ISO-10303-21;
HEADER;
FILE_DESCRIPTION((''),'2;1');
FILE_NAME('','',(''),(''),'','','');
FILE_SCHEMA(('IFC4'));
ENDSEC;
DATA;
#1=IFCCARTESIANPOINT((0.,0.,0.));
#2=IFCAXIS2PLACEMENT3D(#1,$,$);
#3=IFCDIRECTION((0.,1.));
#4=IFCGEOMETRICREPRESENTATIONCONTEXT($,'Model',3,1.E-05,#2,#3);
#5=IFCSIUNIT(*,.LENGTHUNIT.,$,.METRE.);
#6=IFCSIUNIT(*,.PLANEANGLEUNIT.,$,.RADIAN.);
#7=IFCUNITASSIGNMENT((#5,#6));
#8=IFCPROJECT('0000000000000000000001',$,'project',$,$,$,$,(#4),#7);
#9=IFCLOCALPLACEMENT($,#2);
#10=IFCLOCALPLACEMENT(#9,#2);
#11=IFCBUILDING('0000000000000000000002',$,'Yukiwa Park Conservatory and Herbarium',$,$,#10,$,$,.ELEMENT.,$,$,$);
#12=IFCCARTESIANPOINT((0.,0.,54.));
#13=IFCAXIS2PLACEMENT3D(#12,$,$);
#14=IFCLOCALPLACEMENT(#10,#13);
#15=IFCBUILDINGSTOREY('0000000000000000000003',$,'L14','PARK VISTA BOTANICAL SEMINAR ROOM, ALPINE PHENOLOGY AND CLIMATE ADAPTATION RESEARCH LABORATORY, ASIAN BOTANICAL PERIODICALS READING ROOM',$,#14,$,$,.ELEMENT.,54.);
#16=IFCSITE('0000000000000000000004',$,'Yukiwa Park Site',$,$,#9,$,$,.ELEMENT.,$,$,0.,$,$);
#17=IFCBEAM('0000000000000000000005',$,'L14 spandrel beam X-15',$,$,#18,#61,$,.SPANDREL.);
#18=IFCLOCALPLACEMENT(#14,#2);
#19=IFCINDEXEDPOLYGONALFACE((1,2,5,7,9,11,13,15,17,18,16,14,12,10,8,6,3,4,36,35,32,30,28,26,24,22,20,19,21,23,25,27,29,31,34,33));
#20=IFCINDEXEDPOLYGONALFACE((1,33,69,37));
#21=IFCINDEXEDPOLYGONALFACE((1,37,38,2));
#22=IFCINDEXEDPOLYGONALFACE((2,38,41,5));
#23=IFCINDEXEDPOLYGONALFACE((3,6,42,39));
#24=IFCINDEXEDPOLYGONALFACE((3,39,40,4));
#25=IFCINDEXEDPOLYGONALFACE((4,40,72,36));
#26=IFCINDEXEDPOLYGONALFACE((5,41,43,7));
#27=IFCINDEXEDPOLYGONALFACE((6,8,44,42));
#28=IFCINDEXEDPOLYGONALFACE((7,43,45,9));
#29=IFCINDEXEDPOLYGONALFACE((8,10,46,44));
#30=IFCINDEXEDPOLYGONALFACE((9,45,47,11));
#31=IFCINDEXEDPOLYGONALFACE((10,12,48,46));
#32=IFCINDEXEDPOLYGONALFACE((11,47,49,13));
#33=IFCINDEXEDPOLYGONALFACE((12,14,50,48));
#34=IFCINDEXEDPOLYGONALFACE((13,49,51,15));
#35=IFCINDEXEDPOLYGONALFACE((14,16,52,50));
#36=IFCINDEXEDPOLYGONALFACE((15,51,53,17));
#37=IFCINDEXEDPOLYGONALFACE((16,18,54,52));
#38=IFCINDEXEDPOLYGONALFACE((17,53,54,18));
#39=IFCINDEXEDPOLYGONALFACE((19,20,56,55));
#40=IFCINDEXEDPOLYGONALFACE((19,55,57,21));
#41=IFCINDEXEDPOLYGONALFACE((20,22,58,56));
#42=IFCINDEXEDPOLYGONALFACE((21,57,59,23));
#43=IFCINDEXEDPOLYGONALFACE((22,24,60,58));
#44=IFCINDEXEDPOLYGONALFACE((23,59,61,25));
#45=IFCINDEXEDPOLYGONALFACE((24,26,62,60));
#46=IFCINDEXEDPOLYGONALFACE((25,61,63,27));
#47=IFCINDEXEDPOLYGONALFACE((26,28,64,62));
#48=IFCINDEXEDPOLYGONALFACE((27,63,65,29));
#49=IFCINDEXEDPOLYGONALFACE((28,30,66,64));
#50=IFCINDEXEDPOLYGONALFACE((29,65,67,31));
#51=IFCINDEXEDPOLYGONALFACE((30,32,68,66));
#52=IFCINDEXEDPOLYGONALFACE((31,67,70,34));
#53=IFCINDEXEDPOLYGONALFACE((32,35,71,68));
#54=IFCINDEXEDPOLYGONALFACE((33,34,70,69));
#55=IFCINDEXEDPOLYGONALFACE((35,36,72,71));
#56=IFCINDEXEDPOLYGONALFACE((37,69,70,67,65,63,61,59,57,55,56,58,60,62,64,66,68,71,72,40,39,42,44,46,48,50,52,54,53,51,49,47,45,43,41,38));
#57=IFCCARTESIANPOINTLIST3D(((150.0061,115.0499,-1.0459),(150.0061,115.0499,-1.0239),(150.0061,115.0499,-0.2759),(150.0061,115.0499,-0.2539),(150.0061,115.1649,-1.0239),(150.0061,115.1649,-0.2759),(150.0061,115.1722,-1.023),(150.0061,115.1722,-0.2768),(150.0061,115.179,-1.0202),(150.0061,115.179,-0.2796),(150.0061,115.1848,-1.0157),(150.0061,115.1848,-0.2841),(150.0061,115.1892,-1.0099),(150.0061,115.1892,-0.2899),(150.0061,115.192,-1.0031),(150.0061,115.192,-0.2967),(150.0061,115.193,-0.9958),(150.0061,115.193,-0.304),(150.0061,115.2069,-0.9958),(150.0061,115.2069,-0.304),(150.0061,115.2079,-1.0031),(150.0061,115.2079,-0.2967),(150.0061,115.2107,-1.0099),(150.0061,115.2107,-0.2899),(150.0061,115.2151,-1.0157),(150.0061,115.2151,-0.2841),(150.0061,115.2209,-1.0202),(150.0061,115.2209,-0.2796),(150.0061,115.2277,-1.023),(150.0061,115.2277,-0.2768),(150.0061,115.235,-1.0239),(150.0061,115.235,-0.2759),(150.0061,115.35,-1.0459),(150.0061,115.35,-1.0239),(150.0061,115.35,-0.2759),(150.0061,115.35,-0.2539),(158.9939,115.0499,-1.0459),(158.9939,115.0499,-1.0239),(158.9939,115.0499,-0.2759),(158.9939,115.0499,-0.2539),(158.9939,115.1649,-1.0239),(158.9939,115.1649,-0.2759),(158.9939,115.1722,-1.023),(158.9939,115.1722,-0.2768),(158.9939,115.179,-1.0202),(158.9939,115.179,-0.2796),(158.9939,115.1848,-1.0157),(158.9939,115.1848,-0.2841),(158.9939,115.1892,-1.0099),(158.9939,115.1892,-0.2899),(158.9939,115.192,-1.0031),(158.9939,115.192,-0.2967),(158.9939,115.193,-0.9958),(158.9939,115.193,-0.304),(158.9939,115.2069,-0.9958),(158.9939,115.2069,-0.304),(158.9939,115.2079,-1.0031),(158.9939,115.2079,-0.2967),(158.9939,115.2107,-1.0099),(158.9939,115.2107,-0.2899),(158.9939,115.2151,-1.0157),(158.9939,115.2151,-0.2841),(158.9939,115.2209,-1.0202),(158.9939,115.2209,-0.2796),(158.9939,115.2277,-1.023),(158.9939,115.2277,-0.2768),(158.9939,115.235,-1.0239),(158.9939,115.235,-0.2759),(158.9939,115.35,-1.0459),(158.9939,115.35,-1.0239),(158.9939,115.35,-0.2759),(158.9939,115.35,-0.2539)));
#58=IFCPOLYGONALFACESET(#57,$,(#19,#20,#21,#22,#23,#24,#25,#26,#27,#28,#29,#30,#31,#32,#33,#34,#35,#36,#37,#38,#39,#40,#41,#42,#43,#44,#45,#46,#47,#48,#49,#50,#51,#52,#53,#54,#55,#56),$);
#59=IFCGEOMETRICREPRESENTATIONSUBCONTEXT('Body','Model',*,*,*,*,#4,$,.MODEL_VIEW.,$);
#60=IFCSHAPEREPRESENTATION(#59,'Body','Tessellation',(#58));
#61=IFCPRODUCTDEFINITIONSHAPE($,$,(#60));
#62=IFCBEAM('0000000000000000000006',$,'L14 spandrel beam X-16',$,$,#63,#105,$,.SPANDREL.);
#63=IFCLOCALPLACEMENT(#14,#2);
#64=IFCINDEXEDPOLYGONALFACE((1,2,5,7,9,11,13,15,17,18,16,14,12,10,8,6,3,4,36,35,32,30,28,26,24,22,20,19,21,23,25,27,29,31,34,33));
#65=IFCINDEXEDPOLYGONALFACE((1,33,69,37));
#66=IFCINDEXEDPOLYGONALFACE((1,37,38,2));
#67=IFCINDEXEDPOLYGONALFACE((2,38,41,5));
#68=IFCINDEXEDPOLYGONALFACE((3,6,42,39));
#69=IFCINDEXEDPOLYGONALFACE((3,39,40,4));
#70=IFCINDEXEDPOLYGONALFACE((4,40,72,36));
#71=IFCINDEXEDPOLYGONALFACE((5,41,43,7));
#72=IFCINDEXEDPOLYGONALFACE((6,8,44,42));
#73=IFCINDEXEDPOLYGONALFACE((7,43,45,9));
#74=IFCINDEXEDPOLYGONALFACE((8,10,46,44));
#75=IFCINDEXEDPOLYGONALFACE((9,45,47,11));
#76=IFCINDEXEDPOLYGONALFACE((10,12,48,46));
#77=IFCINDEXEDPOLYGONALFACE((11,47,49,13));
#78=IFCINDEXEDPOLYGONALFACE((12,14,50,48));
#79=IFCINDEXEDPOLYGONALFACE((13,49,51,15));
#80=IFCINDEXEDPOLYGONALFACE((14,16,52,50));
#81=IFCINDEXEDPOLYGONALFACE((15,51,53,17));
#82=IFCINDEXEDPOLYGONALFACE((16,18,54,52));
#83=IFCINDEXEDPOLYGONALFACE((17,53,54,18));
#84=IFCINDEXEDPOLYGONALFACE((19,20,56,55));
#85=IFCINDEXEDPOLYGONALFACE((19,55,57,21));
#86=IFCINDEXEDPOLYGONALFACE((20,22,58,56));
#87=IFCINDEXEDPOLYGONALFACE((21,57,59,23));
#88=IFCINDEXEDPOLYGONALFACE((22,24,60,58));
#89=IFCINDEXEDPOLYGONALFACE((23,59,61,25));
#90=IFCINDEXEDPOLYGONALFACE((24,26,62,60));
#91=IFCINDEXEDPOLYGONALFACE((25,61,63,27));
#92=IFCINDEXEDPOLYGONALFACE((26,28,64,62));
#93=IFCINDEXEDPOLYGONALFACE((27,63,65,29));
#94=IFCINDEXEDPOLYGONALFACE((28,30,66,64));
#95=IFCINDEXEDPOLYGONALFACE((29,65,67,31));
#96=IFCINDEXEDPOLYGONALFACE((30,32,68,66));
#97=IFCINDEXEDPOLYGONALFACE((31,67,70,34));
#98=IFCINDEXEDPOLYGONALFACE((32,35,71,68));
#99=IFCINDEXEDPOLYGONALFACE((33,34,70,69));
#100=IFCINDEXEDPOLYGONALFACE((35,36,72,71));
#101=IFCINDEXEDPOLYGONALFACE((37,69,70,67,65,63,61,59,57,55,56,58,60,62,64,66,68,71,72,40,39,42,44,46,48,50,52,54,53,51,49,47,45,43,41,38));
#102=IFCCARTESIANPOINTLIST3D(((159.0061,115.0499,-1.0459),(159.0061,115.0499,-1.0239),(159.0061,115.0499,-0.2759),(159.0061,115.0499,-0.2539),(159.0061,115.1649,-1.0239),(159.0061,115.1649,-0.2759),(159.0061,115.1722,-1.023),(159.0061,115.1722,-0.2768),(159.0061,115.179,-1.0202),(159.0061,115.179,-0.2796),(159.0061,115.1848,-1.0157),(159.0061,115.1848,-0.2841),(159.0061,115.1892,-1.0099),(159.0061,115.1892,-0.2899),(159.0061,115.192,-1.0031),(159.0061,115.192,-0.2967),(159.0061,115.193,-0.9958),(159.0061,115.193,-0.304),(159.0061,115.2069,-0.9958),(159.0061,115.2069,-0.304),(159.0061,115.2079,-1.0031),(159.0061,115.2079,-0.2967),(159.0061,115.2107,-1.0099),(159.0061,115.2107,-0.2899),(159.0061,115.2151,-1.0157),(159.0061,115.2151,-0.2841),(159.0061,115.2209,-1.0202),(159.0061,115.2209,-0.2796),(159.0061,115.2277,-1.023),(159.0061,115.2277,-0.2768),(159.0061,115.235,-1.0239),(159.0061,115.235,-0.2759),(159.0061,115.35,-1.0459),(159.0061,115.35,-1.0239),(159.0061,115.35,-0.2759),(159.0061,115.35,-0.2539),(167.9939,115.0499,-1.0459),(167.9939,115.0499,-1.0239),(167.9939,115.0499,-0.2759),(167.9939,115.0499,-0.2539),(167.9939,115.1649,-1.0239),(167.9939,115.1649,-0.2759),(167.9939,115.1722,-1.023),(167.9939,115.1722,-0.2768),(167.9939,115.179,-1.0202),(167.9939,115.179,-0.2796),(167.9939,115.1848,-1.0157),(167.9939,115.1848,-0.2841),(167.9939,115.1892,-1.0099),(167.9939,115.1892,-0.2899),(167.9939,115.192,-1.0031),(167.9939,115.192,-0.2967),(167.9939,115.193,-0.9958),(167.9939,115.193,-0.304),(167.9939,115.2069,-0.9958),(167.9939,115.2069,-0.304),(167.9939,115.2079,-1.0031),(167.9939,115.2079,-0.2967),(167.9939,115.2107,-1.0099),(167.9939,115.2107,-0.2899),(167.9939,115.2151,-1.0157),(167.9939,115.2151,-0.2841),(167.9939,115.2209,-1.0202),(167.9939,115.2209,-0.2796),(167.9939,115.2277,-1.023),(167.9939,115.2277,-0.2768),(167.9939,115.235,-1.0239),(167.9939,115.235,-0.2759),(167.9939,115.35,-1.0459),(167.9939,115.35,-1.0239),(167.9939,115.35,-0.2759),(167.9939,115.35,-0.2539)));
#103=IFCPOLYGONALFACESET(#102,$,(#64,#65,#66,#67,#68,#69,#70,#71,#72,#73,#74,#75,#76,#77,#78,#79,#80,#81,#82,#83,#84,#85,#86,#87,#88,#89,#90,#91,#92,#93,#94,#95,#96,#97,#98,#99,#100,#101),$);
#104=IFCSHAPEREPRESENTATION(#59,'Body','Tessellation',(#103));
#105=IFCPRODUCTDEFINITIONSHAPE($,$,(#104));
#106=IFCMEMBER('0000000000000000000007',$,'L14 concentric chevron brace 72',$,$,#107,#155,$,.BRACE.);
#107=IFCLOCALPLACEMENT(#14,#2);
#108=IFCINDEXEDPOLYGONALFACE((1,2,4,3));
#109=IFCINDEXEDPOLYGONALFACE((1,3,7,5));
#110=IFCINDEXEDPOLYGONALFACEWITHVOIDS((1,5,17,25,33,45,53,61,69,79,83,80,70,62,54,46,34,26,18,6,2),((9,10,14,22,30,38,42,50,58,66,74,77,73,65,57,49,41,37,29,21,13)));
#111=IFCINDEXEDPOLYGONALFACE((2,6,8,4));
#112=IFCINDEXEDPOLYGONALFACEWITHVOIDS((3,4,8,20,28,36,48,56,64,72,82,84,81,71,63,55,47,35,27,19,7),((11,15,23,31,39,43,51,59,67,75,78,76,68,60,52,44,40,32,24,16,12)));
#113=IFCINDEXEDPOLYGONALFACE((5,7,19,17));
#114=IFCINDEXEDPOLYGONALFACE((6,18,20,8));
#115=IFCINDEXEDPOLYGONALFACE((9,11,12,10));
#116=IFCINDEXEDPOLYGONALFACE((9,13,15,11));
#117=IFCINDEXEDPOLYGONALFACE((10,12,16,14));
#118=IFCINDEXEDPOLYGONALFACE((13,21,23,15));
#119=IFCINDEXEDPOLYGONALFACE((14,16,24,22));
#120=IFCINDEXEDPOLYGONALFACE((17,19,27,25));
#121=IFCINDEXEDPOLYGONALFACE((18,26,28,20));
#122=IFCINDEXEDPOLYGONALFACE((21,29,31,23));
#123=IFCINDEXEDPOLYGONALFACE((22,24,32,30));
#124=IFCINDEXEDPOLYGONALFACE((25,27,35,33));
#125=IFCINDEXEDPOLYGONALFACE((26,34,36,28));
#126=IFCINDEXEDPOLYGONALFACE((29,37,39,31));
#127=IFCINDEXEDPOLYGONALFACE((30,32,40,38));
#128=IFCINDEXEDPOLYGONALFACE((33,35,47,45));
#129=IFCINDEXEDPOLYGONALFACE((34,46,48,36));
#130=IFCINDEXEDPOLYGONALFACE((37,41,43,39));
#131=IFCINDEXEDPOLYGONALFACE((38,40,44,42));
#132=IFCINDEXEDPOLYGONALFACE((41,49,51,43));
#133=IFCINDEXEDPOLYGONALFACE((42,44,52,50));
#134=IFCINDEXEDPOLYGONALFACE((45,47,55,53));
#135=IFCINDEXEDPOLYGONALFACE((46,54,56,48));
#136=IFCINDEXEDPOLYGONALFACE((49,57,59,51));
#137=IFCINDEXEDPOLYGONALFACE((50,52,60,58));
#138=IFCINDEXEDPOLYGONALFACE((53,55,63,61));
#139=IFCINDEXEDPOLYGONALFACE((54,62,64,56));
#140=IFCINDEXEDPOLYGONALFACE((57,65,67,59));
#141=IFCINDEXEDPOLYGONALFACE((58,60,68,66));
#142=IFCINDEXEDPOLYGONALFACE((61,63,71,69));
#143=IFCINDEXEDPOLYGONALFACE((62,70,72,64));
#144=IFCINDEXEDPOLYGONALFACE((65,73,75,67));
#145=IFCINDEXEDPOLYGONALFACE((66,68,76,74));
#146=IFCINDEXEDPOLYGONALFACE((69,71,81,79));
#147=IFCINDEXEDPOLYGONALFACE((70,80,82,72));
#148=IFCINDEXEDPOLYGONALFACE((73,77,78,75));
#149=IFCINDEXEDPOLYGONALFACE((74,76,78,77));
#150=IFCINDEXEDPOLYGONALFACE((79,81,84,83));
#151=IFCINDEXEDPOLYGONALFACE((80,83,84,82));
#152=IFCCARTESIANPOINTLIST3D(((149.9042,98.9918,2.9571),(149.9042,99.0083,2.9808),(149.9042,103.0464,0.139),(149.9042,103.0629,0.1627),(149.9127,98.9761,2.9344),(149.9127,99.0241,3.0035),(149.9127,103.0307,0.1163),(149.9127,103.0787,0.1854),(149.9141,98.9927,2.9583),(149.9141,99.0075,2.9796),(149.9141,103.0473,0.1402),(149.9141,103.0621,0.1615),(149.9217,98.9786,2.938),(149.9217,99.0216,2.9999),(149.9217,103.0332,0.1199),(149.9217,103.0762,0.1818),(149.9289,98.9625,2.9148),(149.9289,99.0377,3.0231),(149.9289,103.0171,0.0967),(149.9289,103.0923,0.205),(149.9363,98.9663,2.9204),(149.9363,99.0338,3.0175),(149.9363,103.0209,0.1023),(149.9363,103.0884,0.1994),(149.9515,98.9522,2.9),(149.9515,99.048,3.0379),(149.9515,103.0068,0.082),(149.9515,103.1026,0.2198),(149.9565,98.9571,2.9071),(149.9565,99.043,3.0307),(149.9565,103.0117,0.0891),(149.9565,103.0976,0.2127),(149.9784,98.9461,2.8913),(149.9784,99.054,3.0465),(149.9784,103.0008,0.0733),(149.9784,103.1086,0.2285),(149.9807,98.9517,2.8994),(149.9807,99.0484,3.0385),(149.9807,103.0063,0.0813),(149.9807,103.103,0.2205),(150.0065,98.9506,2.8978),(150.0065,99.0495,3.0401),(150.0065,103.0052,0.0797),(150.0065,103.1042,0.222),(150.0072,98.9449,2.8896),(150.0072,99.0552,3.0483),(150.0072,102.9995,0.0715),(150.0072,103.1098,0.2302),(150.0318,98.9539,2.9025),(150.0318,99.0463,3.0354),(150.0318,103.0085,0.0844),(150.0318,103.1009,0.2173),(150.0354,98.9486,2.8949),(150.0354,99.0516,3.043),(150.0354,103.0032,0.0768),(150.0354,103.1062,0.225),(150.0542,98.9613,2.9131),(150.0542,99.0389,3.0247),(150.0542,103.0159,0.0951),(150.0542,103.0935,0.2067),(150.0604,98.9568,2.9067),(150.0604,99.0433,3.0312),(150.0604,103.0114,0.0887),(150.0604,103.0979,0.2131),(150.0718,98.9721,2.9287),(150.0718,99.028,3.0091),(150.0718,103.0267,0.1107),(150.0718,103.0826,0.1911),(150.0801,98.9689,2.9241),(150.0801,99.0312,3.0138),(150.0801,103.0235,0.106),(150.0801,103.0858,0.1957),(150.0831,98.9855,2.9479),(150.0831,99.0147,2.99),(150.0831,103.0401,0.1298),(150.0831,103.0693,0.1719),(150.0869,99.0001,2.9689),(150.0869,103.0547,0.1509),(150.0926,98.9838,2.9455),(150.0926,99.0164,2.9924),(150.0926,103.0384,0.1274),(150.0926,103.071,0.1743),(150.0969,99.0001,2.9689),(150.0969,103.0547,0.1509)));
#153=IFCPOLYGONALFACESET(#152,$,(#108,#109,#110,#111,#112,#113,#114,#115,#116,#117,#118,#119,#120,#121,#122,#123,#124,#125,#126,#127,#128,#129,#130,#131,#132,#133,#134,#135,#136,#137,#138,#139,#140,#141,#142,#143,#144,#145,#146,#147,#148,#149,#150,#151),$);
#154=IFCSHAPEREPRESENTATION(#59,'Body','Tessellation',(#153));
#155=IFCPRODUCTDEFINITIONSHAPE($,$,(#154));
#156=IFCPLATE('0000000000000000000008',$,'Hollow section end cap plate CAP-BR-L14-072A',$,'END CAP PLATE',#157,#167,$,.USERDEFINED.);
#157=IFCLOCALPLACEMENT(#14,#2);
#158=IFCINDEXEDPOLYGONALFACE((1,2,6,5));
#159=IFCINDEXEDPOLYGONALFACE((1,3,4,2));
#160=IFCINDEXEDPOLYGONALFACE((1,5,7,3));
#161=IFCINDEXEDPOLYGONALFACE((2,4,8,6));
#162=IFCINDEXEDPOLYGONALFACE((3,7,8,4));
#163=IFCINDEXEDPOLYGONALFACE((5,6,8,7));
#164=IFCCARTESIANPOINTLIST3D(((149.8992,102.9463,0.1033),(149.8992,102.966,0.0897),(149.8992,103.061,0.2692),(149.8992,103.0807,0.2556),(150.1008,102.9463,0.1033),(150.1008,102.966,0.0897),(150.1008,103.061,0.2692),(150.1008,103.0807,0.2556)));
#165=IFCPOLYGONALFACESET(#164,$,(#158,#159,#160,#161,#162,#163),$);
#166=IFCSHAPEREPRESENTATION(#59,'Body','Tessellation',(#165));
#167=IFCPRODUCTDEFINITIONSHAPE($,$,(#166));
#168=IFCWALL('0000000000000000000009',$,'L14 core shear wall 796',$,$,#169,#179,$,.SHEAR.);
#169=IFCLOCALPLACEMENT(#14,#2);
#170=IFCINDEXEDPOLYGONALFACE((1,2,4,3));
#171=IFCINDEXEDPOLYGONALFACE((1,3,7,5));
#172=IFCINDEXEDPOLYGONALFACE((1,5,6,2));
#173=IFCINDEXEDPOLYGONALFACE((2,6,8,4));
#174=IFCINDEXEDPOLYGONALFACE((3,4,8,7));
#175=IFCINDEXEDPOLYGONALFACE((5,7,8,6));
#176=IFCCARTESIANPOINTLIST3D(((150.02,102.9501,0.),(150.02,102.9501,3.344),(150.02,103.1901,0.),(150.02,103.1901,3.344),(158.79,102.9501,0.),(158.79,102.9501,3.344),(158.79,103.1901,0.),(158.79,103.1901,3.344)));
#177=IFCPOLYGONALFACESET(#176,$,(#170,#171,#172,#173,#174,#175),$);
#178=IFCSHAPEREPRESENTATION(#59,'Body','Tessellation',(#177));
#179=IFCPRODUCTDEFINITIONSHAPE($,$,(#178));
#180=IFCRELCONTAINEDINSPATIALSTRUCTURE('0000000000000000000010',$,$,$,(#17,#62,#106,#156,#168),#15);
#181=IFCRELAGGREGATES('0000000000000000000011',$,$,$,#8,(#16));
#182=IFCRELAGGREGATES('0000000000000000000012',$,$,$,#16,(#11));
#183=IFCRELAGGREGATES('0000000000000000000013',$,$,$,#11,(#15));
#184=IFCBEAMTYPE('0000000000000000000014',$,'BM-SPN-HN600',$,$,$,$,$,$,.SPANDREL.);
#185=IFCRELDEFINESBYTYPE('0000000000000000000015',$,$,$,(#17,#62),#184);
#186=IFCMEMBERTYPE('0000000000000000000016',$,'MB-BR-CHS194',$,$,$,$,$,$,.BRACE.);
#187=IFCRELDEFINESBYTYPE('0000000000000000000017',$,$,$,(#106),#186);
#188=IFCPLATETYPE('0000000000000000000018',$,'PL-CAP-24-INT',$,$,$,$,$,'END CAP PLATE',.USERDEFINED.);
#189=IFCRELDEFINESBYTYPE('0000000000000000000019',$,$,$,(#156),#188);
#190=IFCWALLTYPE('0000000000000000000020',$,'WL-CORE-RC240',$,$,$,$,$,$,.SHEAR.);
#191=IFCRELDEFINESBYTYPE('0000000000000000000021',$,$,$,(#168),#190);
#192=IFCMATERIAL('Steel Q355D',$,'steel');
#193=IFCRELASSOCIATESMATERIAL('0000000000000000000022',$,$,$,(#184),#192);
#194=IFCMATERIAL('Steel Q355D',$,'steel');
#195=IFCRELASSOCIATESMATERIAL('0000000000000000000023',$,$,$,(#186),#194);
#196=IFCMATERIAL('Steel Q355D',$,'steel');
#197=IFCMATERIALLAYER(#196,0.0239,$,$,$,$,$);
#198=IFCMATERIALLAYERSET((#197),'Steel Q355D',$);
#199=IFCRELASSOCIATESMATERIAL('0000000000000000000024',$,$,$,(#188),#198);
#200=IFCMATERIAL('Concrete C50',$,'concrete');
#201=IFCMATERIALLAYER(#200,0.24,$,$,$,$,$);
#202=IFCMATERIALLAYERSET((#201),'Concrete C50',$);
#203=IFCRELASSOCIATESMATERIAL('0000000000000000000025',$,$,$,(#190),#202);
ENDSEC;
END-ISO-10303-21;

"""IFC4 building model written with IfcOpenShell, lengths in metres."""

from ifc_helpers import new_model, si_unit, direction, frame, frame_2d, origin, origin_2d, place, context, subcontext, project, spatial, rectangle, hollow_circle, i_section, extrude, material, layer, layer_set, material_profile, profile_set, type_object, element, save


model = new_model("IFC4")

# Units and contexts
model_context = context("Model", 3, precision=1e-05, world=origin(), true_north=direction((0.0, 1.0)))
body_context = subcontext(model_context, "Body", "Model", "MODEL_VIEW")
ifc_project = project(units=[si_unit("LENGTHUNIT", "METRE"), si_unit("PLANEANGLEUNIT", "RADIAN")], contexts=[model_context])

# Site, building, storey
site_placement = place(None, origin())
site = spatial("IfcSite", under=ifc_project, at=site_placement, Name="Yukiwa Park Site", CompositionType="ELEMENT", RefElevation=0.0)
building_placement = place(site_placement, origin())
building = spatial("IfcBuilding", under=site, at=building_placement, Name="Yukiwa Park Conservatory and Herbarium", CompositionType="ELEMENT")
storey_placement = place(building_placement, frame((0.0, 0.0, 54.0)))
storey = spatial("IfcBuildingStorey", under=building, at=storey_placement, Name="L14", Description="PARK VISTA BOTANICAL SEMINAR ROOM, ALPINE PHENOLOGY AND CLIMATE ADAPTATION RESEARCH LABORATORY, ASIAN BOTANICAL PERIODICALS READING ROOM", CompositionType="ELEMENT", Elevation=54.0)

# Beams
ifc_material_1 = material(Name="Steel Q355D", Category="steel")
ifc_material_profile_1 = material_profile(ifc_material_1, i_section(OverallWidth=0.3, OverallDepth=0.792, WebThickness=0.0139, FlangeThickness=0.022, FilletRadius=0.0281, at=origin_2d()), Name="HN 792x300x14x22")
ifc_profile_set_1 = profile_set([ifc_material_profile_1], Name="Steel Q355D")
beam_type_1 = type_object("IfcBeamType", Name="BM-SPN-HN600", PredefinedType="SPANDREL", material=ifc_profile_set_1)
for number, where, z_axis, x_axis, name in (
    (1, (150.0061, 115.2, -0.6499), (1.0, 0.0, 0.0), (0.0, 1.0, 0.0), "L14 spandrel beam X-15"),
    (2, (159.0061, 115.2, -0.6499), (1.0, 0.0, 0.0), (0.0, 1.0, 0.0), "L14 spandrel beam X-16"),
):
    element("IfcBeam", number, at=place(storey_placement, frame(where, z_axis=z_axis, x_axis=x_axis)), inside=storey, type_object=beam_type_1, Name=name, PredefinedType="SPANDREL", context=body_context, shape_type="SweptSolid", body=[
        extrude(i_section(OverallWidth=0.3, OverallDepth=0.792, WebThickness=0.0139, FlangeThickness=0.022, FilletRadius=0.0281, at=origin_2d()), origin(), (0.0, 0.0, 1.0), 8.9878),
    ])

# Member
ifc_material_2 = material(Name="Steel Q355D", Category="steel")
ifc_material_profile_2 = material_profile(ifc_material_2, hollow_circle(Radius=0.0969, WallThickness=0.01, at=origin_2d()), Name="CHS 193.7x10")
ifc_profile_set_2 = profile_set([ifc_material_profile_2], Name="Steel Q355D")
member_type = type_object("IfcMemberType", Name="MB-BR-CHS194", PredefinedType="BRACE", material=ifc_profile_set_2)
member_placement = place(storey_placement, frame((150.0, 103.0547, 0.1509), z_axis=(0.0, -0.821146, 0.570718), x_axis=(1.0, 0.0, 0.0)))
element("IfcMember", 3, at=member_placement, inside=storey, type_object=member_type, Name="L14 concentric chevron brace 72", PredefinedType="BRACE", context=body_context, shape_type="SweptSolid", body=[
    extrude(hollow_circle(Radius=0.0969, WallThickness=0.01, at=origin_2d()), origin(), (0.0, 0.0, 1.0), 4.9377),
])

# Plate
ifc_material_3 = material(Name="Steel Q355D", Category="steel")
ifc_layer_1 = layer(ifc_material_3, 0.0239)
ifc_layer_set_1 = layer_set([ifc_layer_1], Name="Steel Q355D")
plate_type = type_object("IfcPlateType", Name="PL-CAP-24-INT", ElementType="END CAP PLATE", PredefinedType="USERDEFINED", material=ifc_layer_set_1)
plate_placement = place(storey_placement, frame((150.0, 103.0037, 0.1863), z_axis=(0.0, 0.822558, -0.568682), x_axis=(-1.0, 0.0, 0.0)))
element("IfcPlate", 4, at=plate_placement, inside=storey, type_object=plate_type, Name="Hollow section end cap plate CAP-BR-L14-072A", ObjectType="END CAP PLATE", PredefinedType="USERDEFINED", context=body_context, shape_type="SweptSolid", body=[
    extrude(rectangle(XDim=0.2017, YDim=0.2017, at=origin_2d()), origin(), (0.0, 0.0, 1.0), 0.0239),
])

# Wall
ifc_material_4 = material(Name="Concrete C50", Category="concrete")
ifc_layer_2 = layer(ifc_material_4, 0.24)
ifc_layer_set_2 = layer_set([ifc_layer_2], Name="Concrete C50")
wall_type_1 = type_object("IfcWallType", Name="WL-CORE-RC240", PredefinedType="SHEAR", material=ifc_layer_set_2)
wall_1_placement = place(storey_placement, frame((150.02, 103.0701, 0.0), z_axis=(0.0, 0.0, 1.0), x_axis=(1.0, 0.0, 0.0)))
element("IfcWall", 5, at=wall_1_placement, inside=storey, type_object=wall_type_1, Name="L14 core shear wall 796", PredefinedType="SHEAR", context=body_context, shape_type="SweptSolid", body=[
    extrude(rectangle(XDim=8.77, YDim=0.24, at=frame_2d((4.385, 0.0))), origin(), (0.0, 0.0, 1.0), 3.344),
])

save(model, "model.ifc")
